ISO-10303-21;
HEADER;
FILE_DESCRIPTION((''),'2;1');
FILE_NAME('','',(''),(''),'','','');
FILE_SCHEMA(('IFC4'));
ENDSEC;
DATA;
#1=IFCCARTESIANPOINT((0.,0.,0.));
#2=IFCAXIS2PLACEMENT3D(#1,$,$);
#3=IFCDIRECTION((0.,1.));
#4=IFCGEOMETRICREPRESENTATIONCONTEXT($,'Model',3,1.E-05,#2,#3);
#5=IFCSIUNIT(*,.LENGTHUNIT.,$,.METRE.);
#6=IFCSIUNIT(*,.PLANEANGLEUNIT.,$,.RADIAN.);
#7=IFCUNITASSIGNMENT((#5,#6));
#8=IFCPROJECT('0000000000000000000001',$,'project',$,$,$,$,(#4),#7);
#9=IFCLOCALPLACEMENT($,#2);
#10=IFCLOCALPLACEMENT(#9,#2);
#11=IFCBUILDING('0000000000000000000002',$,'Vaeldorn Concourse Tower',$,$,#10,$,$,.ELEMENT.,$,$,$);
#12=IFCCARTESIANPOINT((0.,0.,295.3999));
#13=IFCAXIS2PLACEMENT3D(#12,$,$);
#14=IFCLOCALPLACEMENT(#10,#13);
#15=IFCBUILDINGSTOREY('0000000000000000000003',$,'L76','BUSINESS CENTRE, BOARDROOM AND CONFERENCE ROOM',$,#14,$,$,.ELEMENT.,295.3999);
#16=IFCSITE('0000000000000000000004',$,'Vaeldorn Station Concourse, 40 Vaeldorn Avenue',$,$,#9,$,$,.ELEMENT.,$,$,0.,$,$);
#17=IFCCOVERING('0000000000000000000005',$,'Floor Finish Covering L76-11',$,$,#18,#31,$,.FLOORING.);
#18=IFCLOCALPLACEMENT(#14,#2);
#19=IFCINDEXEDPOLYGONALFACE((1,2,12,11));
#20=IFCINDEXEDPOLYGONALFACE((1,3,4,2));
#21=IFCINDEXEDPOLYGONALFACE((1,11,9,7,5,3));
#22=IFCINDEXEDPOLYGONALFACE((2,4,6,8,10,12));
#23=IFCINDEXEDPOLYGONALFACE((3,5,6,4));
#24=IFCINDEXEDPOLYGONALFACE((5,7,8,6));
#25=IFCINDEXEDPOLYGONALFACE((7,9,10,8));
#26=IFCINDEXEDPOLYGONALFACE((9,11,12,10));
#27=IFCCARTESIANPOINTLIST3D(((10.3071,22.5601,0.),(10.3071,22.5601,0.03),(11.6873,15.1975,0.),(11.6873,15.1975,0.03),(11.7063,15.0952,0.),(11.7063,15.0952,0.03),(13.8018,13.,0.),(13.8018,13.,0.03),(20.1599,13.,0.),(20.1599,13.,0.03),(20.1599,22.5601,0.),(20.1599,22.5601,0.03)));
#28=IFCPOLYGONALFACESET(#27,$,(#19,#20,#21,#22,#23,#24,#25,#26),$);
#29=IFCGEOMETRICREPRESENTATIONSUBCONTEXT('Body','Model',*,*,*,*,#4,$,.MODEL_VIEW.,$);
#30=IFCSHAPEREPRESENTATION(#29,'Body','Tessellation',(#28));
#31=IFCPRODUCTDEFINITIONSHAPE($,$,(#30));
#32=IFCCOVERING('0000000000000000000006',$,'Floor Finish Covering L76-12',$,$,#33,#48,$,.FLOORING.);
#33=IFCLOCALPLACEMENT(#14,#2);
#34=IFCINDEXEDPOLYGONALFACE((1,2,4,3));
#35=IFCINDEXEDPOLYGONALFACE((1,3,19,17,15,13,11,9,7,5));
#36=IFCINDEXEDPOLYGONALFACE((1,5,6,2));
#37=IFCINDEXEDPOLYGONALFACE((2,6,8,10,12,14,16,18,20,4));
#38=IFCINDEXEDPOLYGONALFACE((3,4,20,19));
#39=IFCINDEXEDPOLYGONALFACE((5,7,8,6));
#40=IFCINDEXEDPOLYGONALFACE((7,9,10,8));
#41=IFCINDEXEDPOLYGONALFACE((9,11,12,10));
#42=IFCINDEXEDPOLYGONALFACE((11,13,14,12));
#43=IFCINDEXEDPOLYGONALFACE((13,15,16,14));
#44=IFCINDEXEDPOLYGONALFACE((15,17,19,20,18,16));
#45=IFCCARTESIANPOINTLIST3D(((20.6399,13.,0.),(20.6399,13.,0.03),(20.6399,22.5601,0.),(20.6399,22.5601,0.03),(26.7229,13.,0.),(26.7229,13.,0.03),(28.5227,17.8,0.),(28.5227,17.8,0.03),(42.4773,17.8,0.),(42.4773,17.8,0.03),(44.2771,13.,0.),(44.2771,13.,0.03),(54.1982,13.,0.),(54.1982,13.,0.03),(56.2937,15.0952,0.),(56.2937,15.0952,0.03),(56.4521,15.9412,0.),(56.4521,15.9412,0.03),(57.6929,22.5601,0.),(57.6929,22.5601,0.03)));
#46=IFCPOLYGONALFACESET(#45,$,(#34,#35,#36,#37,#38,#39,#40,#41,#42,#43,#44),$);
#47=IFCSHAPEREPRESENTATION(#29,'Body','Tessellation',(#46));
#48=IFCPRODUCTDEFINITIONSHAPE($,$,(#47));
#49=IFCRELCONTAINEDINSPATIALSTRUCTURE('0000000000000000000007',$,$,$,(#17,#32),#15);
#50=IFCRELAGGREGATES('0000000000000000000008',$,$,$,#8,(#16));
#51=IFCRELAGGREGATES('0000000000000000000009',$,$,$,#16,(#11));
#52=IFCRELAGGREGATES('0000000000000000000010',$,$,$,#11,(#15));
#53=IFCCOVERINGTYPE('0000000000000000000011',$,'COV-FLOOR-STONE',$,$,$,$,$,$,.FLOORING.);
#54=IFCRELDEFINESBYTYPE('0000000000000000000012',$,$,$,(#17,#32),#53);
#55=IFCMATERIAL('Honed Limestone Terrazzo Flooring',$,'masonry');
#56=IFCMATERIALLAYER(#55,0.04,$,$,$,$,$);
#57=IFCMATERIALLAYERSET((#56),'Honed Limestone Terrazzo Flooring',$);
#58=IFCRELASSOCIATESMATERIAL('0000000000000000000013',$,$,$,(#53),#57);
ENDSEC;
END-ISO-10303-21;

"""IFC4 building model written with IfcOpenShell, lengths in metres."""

from ifc_helpers import new_model, si_unit, direction, frame, origin, place, context, subcontext, project, spatial, polyline, outline, extrude, material, layer, layer_set, type_object, element, save


model = new_model("IFC4")

# Units and contexts
model_context = context("Model", 3, precision=1e-05, world=origin(), true_north=direction((0.0, 1.0)))
body_context = subcontext(model_context, "Body", "Model", "MODEL_VIEW")
ifc_project = project(units=[si_unit("LENGTHUNIT", "METRE"), si_unit("PLANEANGLEUNIT", "RADIAN")], contexts=[model_context])

# Site, building, storey
site_placement = place(None, origin())
site = spatial("IfcSite", under=ifc_project, at=site_placement, Name="Vaeldorn Station Concourse, 40 Vaeldorn Avenue", CompositionType="ELEMENT", RefElevation=0.0)
building_placement = place(site_placement, origin())
building = spatial("IfcBuilding", under=site, at=building_placement, Name="Vaeldorn Concourse Tower", CompositionType="ELEMENT")
storey_placement = place(building_placement, frame((0.0, 0.0, 295.3999)))
storey = spatial("IfcBuildingStorey", under=building, at=storey_placement, Name="L76", Description="BUSINESS CENTRE, BOARDROOM AND CONFERENCE ROOM", CompositionType="ELEMENT", Elevation=295.3999)

# Coverings
ifc_material_1 = material(Name="Honed Limestone Terrazzo Flooring", Category="masonry")
ifc_layer_1 = layer(ifc_material_1, 0.04)
ifc_layer_set_1 = layer_set([ifc_layer_1], Name="Honed Limestone Terrazzo Flooring")
covering_type_1 = type_object("IfcCoveringType", Name="COV-FLOOR-STONE", PredefinedType="FLOORING", material=ifc_layer_set_1)
covering_1_placement = place(storey_placement, origin())
element("IfcCovering", 1, at=covering_1_placement, inside=storey, type_object=covering_type_1, Name="Floor Finish Covering L76-11", PredefinedType="FLOORING", context=body_context, shape_type="SweptSolid", body=[
    extrude(outline(polyline([(20.1599, 22.5601), (20.1599, 13.0), (13.8018, 13.0), (11.7063, 15.0952), (11.6873, 15.1975), (10.3071, 22.5601), (20.1599, 22.5601)])), origin(), (0.0, 0.0, 1.0), 0.03),
])
covering_2_placement = place(storey_placement, origin())
element("IfcCovering", 2, at=covering_2_placement, inside=storey, type_object=covering_type_1, Name="Floor Finish Covering L76-12", PredefinedType="FLOORING", context=body_context, shape_type="SweptSolid", body=[
    extrude(outline(polyline([(26.7229, 13.0), (20.6399, 13.0), (20.6399, 22.5601), (57.6929, 22.5601), (56.4521, 15.9412), (56.4521, 15.9412), (56.2937, 15.0952), (54.1982, 13.0), (44.2771, 13.0), (42.4773, 17.8), (28.5227, 17.8), (26.7229, 13.0)])), origin(), (0.0, 0.0, 1.0), 0.03),
])

save(model, "model.ifc")
